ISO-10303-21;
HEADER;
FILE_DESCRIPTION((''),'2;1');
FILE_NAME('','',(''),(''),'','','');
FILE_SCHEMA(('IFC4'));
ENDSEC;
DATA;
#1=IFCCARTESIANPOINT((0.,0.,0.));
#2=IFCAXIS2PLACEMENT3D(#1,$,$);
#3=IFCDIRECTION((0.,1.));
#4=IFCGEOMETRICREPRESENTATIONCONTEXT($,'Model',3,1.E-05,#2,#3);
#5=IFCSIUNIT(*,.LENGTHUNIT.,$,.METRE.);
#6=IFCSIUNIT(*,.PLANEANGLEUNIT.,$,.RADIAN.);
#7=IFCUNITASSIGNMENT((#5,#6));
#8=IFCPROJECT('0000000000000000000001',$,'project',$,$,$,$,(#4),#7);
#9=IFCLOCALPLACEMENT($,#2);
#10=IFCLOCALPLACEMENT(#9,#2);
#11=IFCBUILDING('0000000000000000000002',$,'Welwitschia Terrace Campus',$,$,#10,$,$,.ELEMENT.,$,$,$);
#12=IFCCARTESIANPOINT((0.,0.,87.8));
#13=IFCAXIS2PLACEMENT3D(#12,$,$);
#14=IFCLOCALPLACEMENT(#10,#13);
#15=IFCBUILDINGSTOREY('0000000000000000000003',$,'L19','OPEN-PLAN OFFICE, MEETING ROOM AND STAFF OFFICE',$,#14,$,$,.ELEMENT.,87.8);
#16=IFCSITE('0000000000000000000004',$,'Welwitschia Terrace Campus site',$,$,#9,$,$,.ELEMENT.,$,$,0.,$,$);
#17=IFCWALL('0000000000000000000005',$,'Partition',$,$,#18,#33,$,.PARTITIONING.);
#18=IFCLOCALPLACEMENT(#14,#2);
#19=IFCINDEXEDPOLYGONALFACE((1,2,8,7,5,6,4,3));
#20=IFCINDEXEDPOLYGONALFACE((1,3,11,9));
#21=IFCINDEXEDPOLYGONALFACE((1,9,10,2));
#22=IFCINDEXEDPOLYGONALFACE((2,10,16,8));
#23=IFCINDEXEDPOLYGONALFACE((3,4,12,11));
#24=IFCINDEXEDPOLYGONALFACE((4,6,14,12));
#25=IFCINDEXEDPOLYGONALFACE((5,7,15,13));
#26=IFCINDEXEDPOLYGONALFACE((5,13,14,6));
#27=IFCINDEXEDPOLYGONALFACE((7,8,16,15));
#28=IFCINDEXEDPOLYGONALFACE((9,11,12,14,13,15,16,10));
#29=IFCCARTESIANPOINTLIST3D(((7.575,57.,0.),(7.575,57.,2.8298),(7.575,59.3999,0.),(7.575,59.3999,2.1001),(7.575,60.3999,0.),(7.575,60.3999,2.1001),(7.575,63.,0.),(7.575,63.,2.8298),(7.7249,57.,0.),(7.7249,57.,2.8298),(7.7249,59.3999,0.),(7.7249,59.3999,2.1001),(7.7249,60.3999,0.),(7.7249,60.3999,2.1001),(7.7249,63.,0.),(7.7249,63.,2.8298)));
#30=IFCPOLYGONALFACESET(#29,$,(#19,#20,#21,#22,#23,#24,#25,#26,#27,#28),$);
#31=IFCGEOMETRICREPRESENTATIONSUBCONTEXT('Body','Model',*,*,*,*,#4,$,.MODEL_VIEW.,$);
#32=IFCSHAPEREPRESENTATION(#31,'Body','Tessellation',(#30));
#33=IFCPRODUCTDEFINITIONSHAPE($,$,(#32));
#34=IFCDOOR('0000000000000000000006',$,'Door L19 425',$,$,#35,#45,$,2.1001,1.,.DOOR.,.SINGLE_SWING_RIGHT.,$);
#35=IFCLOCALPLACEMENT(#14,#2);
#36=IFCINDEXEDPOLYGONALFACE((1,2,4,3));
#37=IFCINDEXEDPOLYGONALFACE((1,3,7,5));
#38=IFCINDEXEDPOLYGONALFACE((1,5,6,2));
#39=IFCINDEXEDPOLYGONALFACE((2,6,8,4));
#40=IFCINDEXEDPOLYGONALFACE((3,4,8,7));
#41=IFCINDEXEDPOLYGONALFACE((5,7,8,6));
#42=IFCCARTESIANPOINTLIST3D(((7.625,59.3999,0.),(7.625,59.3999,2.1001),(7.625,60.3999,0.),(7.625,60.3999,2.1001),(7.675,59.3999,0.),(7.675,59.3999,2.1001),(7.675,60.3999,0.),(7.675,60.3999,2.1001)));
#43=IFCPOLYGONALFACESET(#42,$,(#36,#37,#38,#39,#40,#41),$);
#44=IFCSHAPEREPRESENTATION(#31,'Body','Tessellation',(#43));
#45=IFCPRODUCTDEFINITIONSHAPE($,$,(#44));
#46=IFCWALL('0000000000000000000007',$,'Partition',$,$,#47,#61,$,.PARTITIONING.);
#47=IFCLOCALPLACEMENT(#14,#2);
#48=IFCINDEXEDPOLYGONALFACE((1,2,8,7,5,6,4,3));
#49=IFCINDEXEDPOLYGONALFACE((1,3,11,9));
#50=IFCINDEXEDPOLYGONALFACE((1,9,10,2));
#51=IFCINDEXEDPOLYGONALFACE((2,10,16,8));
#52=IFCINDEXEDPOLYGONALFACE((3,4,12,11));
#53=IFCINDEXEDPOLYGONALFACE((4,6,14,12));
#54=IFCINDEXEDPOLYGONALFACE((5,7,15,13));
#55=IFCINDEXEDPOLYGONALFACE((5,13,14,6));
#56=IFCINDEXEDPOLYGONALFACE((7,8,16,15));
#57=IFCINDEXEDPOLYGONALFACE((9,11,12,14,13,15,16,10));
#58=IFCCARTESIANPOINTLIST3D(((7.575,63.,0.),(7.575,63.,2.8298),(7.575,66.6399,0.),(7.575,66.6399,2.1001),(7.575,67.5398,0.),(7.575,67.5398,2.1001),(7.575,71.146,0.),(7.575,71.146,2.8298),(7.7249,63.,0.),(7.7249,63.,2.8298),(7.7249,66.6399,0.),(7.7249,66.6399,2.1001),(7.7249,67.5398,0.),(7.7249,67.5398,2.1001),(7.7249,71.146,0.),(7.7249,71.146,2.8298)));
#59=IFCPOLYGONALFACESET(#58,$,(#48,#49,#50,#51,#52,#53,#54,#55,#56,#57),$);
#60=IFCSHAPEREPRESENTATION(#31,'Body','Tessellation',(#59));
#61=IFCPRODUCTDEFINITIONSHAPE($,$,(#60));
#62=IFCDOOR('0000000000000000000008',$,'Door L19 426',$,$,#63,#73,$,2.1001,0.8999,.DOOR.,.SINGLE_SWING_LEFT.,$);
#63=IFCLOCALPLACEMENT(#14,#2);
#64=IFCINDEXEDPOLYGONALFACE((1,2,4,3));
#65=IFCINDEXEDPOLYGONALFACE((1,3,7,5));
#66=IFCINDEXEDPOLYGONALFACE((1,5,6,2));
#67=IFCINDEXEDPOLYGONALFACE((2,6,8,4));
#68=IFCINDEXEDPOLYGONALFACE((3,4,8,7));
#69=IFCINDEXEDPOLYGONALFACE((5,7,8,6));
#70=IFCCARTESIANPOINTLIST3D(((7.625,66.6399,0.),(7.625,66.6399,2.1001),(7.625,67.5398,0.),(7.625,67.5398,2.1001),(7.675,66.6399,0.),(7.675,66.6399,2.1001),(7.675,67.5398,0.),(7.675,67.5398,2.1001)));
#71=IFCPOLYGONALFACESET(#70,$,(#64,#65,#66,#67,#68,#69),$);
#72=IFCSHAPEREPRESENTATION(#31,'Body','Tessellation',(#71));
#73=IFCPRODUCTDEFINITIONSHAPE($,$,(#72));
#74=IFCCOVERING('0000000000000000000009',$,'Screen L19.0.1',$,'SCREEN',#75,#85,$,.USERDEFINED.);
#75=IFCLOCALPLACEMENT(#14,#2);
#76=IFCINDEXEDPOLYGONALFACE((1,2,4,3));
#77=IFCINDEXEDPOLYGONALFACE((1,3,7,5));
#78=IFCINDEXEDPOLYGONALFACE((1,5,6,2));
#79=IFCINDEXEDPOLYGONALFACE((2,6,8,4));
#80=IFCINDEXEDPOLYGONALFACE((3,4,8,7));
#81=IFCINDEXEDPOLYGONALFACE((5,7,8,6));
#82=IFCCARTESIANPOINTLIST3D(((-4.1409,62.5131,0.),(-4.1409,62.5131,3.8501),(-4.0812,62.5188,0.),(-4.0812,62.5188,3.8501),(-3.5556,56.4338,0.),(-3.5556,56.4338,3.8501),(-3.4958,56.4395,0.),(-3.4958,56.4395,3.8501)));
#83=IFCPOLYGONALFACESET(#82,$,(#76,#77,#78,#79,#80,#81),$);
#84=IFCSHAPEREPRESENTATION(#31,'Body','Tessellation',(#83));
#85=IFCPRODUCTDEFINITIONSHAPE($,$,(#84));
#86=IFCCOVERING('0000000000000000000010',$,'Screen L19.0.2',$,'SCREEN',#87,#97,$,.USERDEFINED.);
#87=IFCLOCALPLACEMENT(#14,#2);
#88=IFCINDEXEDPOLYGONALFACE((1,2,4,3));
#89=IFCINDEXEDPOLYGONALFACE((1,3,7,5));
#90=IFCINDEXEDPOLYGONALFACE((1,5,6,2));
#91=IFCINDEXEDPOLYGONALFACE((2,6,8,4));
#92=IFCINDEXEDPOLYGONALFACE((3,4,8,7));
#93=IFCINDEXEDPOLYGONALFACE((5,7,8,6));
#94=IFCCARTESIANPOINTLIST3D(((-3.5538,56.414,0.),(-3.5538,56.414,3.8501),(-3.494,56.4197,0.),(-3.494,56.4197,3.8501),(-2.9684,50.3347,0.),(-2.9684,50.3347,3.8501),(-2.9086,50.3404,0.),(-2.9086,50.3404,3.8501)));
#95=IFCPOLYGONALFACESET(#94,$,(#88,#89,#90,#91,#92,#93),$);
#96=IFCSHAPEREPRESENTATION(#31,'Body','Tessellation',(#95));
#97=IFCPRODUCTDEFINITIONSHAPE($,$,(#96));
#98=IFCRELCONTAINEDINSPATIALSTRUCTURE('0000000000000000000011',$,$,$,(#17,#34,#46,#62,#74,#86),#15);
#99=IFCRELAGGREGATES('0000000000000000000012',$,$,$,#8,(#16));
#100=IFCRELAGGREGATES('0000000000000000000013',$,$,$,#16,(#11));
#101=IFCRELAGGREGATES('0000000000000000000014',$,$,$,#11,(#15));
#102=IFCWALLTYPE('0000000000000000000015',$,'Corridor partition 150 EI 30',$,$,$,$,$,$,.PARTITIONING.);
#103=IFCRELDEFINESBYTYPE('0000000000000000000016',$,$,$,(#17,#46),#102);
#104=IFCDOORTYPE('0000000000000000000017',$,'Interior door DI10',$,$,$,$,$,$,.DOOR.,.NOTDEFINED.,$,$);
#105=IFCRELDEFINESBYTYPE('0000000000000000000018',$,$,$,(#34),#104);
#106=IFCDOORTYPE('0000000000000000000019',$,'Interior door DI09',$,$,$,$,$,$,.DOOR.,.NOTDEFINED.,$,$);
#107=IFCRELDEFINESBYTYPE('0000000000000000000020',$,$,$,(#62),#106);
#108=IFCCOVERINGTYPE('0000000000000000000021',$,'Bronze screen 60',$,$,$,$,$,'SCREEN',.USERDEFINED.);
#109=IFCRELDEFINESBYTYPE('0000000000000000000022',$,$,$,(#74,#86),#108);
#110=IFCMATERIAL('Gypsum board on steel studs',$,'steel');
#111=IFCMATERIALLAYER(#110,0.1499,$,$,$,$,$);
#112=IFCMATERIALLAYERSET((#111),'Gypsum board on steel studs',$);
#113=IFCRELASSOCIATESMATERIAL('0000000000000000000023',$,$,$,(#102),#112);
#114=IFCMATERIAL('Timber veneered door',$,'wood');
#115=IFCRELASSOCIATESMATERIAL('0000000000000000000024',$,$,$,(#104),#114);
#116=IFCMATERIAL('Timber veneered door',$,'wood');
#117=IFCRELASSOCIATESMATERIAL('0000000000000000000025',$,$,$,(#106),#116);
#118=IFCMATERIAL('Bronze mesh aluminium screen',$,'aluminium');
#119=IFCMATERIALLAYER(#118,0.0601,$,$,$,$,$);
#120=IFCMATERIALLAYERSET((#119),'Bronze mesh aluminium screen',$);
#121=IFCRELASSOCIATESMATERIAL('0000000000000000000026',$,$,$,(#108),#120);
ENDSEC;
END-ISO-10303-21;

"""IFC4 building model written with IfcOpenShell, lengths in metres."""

from ifc_helpers import new_model, si_unit, direction, frame, frame_2d, origin, origin_2d, place, context, subcontext, project, spatial, rectangle, extrude, material, layer, layer_set, type_object, element, fill, save


model = new_model("IFC4")

# Units and contexts
model_context = context("Model", 3, precision=1e-05, world=origin(), true_north=direction((0.0, 1.0)))
body_context = subcontext(model_context, "Body", "Model", "MODEL_VIEW")
ifc_project = project(units=[si_unit("LENGTHUNIT", "METRE"), si_unit("PLANEANGLEUNIT", "RADIAN")], contexts=[model_context])

# Site, building, storey
site_placement = place(None, origin())
site = spatial("IfcSite", under=ifc_project, at=site_placement, Name="Welwitschia Terrace Campus site", CompositionType="ELEMENT", RefElevation=0.0)
building_placement = place(site_placement, origin())
building = spatial("IfcBuilding", under=site, at=building_placement, Name="Welwitschia Terrace Campus", CompositionType="ELEMENT")
storey_placement = place(building_placement, frame((0.0, 0.0, 87.8)))
storey = spatial("IfcBuildingStorey", under=building, at=storey_placement, Name="L19", Description="OPEN-PLAN OFFICE, MEETING ROOM AND STAFF OFFICE", CompositionType="ELEMENT", Elevation=87.8)

# Shared definitions
ifc_material_1 = material(Name="Gypsum board on steel studs", Category="steel")
ifc_layer_1 = layer(ifc_material_1, 0.1499)
ifc_layer_set_1 = layer_set([ifc_layer_1], Name="Gypsum board on steel studs")
wall_type = type_object("IfcWallType", Name="Corridor partition 150 EI 30", PredefinedType="PARTITIONING", material=ifc_layer_set_1)

# Walls, openings, doors
wall_1_placement = place(storey_placement, frame((7.6499, 57.0, 0.0), z_axis=(0.0, 0.0, 1.0), x_axis=(0.0, 1.0, 0.0)))
wall_1 = element("IfcWall", 1, at=wall_1_placement, inside=storey, type_object=wall_type, Name="Partition", PredefinedType="PARTITIONING", context=body_context, shape_type="SweptSolid", body=[
    extrude(rectangle(XDim=6.0, YDim=0.1499, at=frame_2d((3.0, 0.0))), origin(), (0.0, 0.0, 1.0), 2.8298),
])
opening_1_placement = place(wall_1_placement, frame((2.3999, 0.0, 0.0)))
opening_1 = element("IfcOpeningElement", 2, at=opening_1_placement, cuts=wall_1, PredefinedType="OPENING", context=body_context, shape_type="SweptSolid", body=[
    extrude(rectangle(XDim=1.0, YDim=2.1001, at=frame_2d((0.5, 1.05))), frame((0.0, 0.085, 0.0), z_axis=(0.0, -1.0, 0.0), x_axis=(1.0, 0.0, 0.0)), (0.0, 0.0, 1.0), 0.1699),
])
ifc_material_2 = material(Name="Timber veneered door", Category="wood")
door_type_1 = type_object("IfcDoorType", Name="Interior door DI10", OperationType="NOTDEFINED", PredefinedType="DOOR", material=ifc_material_2)
door_1_placement = place(opening_1_placement, origin())
door_1 = element("IfcDoor", 3, at=door_1_placement, inside=storey, type_object=door_type_1, Name="Door L19 425", OperationType="SINGLE_SWING_RIGHT", OverallHeight=2.1001, OverallWidth=1.0, PredefinedType="DOOR", context=body_context, shape_type="SweptSolid", body=[
    extrude(rectangle(XDim=1.0, YDim=2.1001, at=frame_2d((0.5, 1.05))), frame((0.0, 0.0249, 0.0), z_axis=(0.0, -1.0, 0.0), x_axis=(1.0, 0.0, 0.0)), (0.0, 0.0, 1.0), 0.05),
])
fill(opening_1, door_1)
wall_2_placement = place(storey_placement, frame((7.6499, 63.0, 0.0), z_axis=(0.0, 0.0, 1.0), x_axis=(0.0, 1.0, 0.0)))
wall_2 = element("IfcWall", 4, at=wall_2_placement, inside=storey, type_object=wall_type, Name="Partition", PredefinedType="PARTITIONING", context=body_context, shape_type="SweptSolid", body=[
    extrude(rectangle(XDim=8.146, YDim=0.1499, at=frame_2d((4.073, 0.0))), origin(), (0.0, 0.0, 1.0), 2.8298),
])
opening_2_placement = place(wall_2_placement, frame((3.6399, 0.0, 0.0)))
opening_2 = element("IfcOpeningElement", 5, at=opening_2_placement, cuts=wall_2, PredefinedType="OPENING", context=body_context, shape_type="SweptSolid", body=[
    extrude(rectangle(XDim=0.8999, YDim=2.1001, at=frame_2d((0.45, 1.05))), frame((0.0, 0.085, 0.0), z_axis=(0.0, -1.0, 0.0), x_axis=(1.0, 0.0, 0.0)), (0.0, 0.0, 1.0), 0.1699),
])
ifc_material_3 = material(Name="Timber veneered door", Category="wood")
door_type_2 = type_object("IfcDoorType", Name="Interior door DI09", OperationType="NOTDEFINED", PredefinedType="DOOR", material=ifc_material_3)
door_2_placement = place(opening_2_placement, origin())
door_2 = element("IfcDoor", 6, at=door_2_placement, inside=storey, type_object=door_type_2, Name="Door L19 426", OperationType="SINGLE_SWING_LEFT", OverallHeight=2.1001, OverallWidth=0.8999, PredefinedType="DOOR", context=body_context, shape_type="SweptSolid", body=[
    extrude(rectangle(XDim=0.8999, YDim=2.1001, at=frame_2d((0.45, 1.05))), frame((0.0, 0.0249, 0.0), z_axis=(0.0, -1.0, 0.0), x_axis=(1.0, 0.0, 0.0)), (0.0, 0.0, 1.0), 0.05),
])
fill(opening_2, door_2)

# Coverings
ifc_material_4 = material(Name="Bronze mesh aluminium screen", Category="aluminium")
ifc_layer_2 = layer(ifc_material_4, 0.0601)
ifc_layer_set_2 = layer_set([ifc_layer_2], Name="Bronze mesh aluminium screen")
covering_type = type_object("IfcCoveringType", Name="Bronze screen 60", ElementType="SCREEN", PredefinedType="USERDEFINED", material=ifc_layer_set_2)
for number, where, z_axis, x_axis, name in (
    (7, (-3.8184, 59.4763, 0.0), (0.0, 0.0, 1.0), (0.095846, -0.995396, 0.0), "Screen L19.0.1"),
    (8, (-3.2312, 53.3772, 0.0), (0.0, 0.0, 1.0), (0.095846, -0.995396, 0.0), "Screen L19.0.2"),
):
    element("IfcCovering", number, at=place(storey_placement, frame(where, z_axis=z_axis, x_axis=x_axis)), inside=storey, type_object=covering_type, Name=name, ObjectType="SCREEN", PredefinedType="USERDEFINED", context=body_context, shape_type="SweptSolid", body=[
        extrude(rectangle(XDim=6.1074, YDim=0.0601, at=origin_2d()), origin(), (0.0, 0.0, 1.0), 3.8501),
    ])

save(model, "model.ifc")
